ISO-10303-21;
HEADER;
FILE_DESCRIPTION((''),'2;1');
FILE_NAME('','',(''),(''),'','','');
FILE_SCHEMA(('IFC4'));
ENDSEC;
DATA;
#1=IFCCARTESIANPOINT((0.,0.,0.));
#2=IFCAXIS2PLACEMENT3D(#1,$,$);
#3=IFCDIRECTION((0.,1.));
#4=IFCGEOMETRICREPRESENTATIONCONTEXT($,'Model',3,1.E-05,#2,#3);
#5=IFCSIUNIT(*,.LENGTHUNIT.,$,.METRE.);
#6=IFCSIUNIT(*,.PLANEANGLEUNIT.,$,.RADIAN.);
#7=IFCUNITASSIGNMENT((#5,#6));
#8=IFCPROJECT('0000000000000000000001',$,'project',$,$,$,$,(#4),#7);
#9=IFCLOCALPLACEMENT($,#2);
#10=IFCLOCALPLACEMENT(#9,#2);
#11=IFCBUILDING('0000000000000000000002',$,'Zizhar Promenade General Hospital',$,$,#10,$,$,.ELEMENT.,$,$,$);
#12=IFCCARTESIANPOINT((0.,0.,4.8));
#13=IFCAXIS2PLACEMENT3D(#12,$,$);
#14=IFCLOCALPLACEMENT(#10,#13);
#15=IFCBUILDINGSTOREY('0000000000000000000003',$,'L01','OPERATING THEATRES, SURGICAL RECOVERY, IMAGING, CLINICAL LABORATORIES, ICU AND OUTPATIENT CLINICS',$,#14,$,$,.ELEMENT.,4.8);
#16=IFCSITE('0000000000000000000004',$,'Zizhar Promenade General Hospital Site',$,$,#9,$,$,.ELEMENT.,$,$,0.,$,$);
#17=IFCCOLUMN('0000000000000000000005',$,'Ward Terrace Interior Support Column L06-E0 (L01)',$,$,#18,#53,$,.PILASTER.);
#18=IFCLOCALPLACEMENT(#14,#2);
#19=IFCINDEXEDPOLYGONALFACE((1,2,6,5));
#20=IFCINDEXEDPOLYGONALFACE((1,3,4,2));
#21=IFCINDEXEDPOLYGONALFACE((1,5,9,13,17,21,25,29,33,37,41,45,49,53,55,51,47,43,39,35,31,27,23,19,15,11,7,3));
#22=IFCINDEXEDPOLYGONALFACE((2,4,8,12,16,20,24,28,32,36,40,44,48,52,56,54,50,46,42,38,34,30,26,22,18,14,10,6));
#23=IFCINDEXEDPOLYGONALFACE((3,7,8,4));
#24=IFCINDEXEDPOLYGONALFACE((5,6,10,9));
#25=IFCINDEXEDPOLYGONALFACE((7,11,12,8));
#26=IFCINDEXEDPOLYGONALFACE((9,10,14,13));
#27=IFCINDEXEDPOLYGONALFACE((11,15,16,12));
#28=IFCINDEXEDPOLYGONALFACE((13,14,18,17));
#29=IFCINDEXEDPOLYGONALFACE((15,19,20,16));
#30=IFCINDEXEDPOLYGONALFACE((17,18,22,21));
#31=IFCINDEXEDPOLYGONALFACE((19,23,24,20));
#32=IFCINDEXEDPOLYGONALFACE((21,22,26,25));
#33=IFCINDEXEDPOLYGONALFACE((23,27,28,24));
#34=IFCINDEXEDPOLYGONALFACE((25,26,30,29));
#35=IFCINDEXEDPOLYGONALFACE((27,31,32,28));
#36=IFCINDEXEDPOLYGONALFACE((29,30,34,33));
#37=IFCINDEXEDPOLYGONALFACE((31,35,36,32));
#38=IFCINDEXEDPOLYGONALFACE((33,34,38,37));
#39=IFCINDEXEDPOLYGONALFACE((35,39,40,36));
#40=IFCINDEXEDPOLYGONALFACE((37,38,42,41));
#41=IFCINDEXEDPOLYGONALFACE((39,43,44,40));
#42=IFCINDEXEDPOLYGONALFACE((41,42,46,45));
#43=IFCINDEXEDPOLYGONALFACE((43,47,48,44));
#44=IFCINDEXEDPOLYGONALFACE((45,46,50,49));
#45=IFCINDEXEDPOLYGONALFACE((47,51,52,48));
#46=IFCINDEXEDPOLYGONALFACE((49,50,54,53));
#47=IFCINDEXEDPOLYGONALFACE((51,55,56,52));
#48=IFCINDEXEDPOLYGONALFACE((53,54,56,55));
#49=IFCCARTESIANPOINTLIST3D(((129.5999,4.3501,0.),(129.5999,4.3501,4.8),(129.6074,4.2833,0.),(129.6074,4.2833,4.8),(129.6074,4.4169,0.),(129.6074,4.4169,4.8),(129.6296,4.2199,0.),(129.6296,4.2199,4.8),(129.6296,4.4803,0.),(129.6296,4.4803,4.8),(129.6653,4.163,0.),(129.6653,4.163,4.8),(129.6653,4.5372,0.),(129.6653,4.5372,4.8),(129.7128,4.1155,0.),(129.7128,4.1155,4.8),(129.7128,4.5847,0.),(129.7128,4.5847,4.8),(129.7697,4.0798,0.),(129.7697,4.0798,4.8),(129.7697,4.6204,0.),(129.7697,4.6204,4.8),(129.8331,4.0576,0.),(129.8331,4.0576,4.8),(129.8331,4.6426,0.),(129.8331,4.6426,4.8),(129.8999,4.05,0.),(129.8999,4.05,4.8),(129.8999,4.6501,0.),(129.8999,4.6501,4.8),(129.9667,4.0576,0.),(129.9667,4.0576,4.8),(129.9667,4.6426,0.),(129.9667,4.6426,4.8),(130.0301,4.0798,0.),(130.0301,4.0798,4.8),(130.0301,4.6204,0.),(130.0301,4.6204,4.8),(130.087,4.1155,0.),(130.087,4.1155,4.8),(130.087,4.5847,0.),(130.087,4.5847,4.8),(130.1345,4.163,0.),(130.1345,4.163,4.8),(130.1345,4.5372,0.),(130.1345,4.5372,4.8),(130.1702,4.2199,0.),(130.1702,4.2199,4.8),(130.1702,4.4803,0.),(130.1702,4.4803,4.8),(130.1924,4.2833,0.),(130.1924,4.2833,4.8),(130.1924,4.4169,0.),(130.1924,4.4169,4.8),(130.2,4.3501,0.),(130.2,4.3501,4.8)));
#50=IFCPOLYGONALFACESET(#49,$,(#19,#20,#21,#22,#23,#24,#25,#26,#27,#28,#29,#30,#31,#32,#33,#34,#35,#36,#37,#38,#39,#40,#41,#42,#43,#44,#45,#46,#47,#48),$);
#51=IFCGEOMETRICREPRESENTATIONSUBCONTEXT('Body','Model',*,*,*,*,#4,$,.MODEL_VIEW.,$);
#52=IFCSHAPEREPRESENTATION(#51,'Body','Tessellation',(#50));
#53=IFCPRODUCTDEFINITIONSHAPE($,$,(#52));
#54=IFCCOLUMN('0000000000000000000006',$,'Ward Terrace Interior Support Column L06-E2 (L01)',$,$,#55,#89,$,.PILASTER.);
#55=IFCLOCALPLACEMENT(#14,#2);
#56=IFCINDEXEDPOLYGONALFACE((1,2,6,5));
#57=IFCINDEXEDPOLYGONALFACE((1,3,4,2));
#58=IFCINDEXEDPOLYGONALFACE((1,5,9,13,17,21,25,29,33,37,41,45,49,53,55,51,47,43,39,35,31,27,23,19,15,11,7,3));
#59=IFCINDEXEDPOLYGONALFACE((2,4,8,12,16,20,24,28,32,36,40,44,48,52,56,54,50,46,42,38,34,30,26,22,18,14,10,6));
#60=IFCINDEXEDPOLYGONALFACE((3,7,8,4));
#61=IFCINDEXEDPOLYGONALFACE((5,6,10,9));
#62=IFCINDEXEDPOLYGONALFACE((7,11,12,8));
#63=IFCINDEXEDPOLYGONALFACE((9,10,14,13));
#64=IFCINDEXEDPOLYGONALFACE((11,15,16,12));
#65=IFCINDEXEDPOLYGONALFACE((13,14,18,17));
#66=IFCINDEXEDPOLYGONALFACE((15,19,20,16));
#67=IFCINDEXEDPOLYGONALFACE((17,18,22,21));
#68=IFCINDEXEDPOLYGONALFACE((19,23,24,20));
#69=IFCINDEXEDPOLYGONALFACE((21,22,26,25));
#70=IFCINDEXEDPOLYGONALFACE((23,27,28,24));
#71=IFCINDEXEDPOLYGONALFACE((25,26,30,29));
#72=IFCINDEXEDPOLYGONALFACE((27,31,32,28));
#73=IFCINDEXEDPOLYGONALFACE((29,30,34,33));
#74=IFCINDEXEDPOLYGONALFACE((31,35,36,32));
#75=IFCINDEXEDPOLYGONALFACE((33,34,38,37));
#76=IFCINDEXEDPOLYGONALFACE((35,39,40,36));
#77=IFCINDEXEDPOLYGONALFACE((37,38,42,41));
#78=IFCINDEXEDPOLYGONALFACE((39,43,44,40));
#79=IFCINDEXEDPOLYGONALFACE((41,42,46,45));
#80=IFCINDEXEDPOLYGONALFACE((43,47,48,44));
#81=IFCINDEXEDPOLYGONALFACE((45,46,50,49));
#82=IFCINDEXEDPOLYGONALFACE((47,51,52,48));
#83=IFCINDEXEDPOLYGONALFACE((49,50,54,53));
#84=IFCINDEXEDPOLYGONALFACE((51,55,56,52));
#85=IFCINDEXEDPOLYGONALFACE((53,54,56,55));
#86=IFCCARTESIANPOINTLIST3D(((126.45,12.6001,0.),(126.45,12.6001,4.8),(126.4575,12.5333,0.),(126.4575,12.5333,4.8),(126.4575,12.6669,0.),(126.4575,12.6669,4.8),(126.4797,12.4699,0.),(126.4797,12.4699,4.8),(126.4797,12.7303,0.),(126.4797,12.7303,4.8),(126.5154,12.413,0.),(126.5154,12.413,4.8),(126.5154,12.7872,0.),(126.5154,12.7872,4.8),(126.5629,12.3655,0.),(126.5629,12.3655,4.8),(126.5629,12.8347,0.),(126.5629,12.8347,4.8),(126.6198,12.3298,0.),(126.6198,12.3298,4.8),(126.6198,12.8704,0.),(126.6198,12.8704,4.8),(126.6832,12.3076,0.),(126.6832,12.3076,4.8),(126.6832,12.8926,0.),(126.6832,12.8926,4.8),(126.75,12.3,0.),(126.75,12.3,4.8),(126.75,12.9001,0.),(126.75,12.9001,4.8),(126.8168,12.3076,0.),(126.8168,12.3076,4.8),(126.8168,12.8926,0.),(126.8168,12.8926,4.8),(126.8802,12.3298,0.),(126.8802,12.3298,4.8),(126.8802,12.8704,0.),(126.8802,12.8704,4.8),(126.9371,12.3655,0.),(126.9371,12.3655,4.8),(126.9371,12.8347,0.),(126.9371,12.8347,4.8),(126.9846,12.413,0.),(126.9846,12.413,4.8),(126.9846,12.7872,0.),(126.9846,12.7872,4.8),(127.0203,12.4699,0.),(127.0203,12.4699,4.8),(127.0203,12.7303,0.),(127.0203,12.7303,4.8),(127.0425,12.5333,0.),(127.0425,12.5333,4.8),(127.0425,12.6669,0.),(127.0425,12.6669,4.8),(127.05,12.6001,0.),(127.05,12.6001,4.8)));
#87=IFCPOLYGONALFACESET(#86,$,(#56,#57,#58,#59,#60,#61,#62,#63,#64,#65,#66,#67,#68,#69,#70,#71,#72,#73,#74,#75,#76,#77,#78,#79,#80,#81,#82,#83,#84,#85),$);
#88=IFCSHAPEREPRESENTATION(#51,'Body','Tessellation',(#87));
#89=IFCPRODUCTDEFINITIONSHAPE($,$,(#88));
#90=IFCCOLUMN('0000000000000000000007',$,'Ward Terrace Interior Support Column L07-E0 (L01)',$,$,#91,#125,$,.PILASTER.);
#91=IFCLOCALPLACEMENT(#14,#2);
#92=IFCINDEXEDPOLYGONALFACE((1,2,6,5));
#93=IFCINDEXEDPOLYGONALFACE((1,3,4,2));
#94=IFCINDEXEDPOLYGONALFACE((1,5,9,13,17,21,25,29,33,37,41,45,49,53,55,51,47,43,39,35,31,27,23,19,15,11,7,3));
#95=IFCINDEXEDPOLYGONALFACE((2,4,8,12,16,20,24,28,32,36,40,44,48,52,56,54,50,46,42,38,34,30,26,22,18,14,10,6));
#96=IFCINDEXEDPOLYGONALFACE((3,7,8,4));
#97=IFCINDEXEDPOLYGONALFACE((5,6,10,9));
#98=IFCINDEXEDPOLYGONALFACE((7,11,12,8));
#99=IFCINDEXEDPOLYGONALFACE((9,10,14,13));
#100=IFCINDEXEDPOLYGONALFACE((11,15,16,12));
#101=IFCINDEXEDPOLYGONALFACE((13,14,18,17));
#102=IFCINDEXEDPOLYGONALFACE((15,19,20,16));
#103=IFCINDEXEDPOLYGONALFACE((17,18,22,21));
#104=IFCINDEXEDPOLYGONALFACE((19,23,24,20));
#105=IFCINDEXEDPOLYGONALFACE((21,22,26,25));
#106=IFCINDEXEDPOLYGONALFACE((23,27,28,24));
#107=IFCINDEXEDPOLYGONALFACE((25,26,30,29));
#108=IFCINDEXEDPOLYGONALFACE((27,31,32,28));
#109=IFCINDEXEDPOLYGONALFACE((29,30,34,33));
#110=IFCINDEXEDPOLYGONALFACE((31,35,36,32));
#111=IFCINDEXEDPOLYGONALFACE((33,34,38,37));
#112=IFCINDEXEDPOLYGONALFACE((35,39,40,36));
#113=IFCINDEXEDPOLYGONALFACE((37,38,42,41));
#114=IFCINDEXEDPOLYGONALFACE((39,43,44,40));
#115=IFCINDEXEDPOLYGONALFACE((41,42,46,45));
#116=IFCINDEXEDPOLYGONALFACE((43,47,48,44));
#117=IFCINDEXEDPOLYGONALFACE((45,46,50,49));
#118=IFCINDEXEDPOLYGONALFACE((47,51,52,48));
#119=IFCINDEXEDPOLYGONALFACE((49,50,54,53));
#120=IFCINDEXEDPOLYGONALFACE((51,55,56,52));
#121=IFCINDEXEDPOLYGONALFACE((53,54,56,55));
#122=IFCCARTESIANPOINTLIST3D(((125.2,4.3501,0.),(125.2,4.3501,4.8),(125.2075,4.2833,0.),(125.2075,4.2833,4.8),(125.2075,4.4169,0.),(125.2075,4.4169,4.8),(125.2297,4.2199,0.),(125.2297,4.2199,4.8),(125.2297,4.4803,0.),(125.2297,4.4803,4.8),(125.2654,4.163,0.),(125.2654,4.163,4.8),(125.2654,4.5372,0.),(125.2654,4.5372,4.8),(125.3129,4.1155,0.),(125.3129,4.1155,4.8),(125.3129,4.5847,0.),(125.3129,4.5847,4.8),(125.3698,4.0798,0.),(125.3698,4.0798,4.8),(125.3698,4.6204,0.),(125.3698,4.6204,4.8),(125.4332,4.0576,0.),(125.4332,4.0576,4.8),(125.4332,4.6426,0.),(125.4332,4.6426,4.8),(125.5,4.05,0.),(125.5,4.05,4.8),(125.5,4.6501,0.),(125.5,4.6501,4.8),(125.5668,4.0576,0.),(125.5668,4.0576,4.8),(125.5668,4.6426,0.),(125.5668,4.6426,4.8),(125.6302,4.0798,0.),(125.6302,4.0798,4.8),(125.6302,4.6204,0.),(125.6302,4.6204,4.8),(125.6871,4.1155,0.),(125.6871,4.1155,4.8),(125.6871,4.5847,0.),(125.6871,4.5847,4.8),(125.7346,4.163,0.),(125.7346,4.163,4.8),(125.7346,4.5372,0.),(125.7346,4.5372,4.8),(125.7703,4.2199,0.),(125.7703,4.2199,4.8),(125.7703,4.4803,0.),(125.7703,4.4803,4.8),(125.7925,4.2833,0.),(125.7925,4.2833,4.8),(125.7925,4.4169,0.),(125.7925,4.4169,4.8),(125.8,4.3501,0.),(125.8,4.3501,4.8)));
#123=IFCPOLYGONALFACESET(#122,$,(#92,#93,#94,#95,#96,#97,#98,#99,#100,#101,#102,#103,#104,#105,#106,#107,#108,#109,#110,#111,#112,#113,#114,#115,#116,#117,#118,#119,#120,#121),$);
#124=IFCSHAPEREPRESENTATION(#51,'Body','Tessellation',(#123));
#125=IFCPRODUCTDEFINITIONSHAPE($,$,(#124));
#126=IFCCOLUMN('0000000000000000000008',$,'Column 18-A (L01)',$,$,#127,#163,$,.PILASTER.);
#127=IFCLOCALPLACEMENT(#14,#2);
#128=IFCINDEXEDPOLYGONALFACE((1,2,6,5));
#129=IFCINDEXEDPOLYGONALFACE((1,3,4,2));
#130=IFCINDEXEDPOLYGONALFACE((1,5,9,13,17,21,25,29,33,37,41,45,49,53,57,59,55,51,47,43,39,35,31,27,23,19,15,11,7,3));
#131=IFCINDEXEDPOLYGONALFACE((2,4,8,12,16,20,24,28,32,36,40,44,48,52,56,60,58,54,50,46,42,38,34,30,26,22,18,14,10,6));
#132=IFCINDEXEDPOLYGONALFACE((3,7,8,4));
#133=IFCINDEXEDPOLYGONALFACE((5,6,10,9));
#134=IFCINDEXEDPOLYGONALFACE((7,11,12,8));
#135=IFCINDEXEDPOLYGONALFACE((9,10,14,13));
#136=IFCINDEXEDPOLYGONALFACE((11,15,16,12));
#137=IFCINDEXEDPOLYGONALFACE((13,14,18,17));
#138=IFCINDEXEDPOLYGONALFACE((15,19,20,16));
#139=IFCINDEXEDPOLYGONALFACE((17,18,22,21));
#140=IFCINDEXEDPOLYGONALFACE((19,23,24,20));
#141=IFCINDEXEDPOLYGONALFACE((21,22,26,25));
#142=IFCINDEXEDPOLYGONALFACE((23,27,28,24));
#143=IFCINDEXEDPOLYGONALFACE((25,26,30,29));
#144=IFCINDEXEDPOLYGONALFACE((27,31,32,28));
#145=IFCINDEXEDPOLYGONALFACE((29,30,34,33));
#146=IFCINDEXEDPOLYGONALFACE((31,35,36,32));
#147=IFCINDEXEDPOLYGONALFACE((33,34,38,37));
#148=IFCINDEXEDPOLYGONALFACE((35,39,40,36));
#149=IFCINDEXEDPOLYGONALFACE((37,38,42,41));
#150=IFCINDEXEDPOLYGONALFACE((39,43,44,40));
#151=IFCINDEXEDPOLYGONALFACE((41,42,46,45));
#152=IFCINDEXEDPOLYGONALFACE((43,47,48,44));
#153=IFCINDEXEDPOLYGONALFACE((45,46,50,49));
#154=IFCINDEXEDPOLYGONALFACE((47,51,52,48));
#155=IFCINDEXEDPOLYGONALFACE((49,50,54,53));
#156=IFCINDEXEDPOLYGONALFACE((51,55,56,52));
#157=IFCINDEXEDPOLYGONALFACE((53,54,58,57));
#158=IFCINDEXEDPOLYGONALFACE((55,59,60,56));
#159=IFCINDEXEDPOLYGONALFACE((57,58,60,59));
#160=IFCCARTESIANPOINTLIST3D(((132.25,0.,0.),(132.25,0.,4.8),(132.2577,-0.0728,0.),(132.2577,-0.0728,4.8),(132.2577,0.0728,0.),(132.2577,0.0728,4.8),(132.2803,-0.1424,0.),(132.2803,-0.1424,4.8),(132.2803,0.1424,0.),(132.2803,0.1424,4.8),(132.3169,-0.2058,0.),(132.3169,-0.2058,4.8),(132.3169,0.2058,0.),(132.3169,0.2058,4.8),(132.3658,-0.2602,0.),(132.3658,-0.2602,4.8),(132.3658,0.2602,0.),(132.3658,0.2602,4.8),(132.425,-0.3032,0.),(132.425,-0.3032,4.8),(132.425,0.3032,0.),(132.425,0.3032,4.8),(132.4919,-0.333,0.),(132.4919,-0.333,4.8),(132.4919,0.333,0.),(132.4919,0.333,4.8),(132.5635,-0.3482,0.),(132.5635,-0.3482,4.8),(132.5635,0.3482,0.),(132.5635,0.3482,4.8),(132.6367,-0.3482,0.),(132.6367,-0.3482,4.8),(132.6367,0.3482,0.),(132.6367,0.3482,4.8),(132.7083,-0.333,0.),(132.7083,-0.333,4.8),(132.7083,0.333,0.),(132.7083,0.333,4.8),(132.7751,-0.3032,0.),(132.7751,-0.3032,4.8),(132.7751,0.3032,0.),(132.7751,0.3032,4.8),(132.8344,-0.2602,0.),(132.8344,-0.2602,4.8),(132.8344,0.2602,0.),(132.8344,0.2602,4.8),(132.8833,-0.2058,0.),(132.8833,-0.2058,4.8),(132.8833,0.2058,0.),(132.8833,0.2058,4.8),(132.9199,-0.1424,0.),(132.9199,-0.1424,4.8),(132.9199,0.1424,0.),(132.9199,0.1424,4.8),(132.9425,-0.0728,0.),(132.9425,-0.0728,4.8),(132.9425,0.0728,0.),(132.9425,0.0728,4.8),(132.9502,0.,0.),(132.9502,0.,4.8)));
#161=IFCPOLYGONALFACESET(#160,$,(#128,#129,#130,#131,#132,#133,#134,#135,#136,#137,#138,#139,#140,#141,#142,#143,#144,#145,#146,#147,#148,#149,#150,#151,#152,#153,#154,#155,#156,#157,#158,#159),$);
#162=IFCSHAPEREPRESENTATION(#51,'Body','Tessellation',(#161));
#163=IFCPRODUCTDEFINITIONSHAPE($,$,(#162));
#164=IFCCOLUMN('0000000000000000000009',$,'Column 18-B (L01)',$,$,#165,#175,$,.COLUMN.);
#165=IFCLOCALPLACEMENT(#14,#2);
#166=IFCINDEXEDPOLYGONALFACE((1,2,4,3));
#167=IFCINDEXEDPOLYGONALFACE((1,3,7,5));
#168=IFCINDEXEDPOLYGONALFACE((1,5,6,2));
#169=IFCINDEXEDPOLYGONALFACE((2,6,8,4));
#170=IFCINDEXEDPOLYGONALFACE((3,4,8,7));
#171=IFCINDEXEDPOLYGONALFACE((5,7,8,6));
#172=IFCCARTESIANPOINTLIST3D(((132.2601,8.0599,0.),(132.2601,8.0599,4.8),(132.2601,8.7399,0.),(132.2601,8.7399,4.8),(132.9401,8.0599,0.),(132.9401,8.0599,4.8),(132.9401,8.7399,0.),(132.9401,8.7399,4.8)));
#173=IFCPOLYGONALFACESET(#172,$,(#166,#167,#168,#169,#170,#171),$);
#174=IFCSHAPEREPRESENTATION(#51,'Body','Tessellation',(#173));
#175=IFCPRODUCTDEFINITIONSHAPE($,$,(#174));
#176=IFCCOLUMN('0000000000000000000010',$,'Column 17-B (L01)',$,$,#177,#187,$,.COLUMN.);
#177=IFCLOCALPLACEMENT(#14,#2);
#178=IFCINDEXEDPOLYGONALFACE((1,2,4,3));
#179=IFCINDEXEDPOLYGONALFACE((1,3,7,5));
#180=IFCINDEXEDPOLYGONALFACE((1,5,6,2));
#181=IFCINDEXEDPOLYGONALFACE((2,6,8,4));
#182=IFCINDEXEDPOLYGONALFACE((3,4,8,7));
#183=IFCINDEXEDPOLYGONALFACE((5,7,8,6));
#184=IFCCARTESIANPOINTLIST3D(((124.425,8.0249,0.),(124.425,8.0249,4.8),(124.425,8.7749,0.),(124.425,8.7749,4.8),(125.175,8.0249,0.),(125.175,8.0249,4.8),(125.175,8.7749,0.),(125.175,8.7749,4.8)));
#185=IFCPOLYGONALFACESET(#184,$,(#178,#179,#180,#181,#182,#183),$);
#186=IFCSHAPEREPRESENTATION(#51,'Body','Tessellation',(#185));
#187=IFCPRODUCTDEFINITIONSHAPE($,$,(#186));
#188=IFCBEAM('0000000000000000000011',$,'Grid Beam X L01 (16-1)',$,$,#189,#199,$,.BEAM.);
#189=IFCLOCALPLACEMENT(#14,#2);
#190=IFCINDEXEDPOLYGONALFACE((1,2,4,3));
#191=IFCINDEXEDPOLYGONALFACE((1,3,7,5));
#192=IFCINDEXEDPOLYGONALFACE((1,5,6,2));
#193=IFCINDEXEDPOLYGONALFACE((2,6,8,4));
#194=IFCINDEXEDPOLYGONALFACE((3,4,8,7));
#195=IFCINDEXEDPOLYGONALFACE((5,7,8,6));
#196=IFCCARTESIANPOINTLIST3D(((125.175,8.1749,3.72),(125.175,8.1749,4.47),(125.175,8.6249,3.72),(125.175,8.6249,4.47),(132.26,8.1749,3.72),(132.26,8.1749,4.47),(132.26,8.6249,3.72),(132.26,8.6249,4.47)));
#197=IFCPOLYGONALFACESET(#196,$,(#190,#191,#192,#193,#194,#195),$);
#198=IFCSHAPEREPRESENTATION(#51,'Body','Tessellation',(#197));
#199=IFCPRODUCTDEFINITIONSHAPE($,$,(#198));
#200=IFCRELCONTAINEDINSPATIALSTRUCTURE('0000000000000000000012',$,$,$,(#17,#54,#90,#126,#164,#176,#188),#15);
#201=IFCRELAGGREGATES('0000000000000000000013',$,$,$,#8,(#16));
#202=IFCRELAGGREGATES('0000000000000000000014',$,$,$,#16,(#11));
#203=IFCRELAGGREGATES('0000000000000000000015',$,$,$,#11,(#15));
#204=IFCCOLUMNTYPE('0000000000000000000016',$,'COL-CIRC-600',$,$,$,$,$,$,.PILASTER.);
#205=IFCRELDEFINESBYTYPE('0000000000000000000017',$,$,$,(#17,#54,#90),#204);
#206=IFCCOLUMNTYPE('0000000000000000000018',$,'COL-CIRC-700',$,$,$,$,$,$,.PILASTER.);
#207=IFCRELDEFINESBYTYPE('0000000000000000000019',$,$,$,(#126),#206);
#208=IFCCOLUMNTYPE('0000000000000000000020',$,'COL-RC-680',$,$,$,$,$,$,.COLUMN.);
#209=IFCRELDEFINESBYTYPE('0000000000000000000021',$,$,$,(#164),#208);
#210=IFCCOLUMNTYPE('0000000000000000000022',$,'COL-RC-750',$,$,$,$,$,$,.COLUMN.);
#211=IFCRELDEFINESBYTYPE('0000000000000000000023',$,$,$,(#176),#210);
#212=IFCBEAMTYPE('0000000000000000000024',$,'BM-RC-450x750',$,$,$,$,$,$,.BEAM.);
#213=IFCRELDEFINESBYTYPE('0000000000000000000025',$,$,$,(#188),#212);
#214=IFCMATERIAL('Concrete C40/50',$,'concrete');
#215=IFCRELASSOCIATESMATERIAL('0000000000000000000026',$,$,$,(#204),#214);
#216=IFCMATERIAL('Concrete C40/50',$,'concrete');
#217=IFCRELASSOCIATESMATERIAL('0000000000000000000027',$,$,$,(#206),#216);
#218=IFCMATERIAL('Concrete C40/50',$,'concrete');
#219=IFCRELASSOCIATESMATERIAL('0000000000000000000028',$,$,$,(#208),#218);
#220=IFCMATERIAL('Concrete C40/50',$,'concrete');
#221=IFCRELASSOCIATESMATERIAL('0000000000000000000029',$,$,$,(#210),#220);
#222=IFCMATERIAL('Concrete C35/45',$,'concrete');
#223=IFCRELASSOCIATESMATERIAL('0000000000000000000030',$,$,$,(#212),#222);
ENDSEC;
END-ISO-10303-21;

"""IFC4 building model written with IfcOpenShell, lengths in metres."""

from ifc_helpers import new_model, si_unit, direction, frame, origin, origin_2d, place, context, subcontext, project, spatial, rectangle, circle, extrude, material, material_profile, profile_set, type_object, element, save


model = new_model("IFC4")

# Units and contexts
model_context = context("Model", 3, precision=1e-05, world=origin(), true_north=direction((0.0, 1.0)))
body_context = subcontext(model_context, "Body", "Model", "MODEL_VIEW")
ifc_project = project(units=[si_unit("LENGTHUNIT", "METRE"), si_unit("PLANEANGLEUNIT", "RADIAN")], contexts=[model_context])

# Site, building, storey
site_placement = place(None, origin())
site = spatial("IfcSite", under=ifc_project, at=site_placement, Name="Zizhar Promenade General Hospital Site", CompositionType="ELEMENT", RefElevation=0.0)
building_placement = place(site_placement, origin())
building = spatial("IfcBuilding", under=site, at=building_placement, Name="Zizhar Promenade General Hospital", CompositionType="ELEMENT")
storey_placement = place(building_placement, frame((0.0, 0.0, 4.8)))
storey = spatial("IfcBuildingStorey", under=building, at=storey_placement, Name="L01", Description="OPERATING THEATRES, SURGICAL RECOVERY, IMAGING, CLINICAL LABORATORIES, ICU AND OUTPATIENT CLINICS", CompositionType="ELEMENT", Elevation=4.8)

# Columns
ifc_material_1 = material(Name="Concrete C40/50", Category="concrete")
ifc_material_profile_1 = material_profile(ifc_material_1, circle(Radius=0.3, at=origin_2d()))
ifc_profile_set_1 = profile_set([ifc_material_profile_1], Name="Concrete C40/50")
column_type_1 = type_object("IfcColumnType", Name="COL-CIRC-600", PredefinedType="PILASTER", material=ifc_profile_set_1)
for number, where, z_axis, x_axis, name in (
    (1, (129.8999, 4.3501, 0.0), (0.0, 0.0, 1.0), (1.0, 0.0, 0.0), "Ward Terrace Interior Support Column L06-E0 (L01)"),
    (2, (126.75, 12.6001, 0.0), (0.0, 0.0, 1.0), (1.0, 0.0, 0.0), "Ward Terrace Interior Support Column L06-E2 (L01)"),
    (3, (125.5, 4.3501, 0.0), (0.0, 0.0, 1.0), (1.0, 0.0, 0.0), "Ward Terrace Interior Support Column L07-E0 (L01)"),
):
    element("IfcColumn", number, at=place(storey_placement, frame(where, z_axis=z_axis, x_axis=x_axis)), inside=storey, type_object=column_type_1, Name=name, PredefinedType="PILASTER", context=body_context, shape_type="SweptSolid", body=[
        extrude(circle(Radius=0.3, at=origin_2d()), origin(), (0.0, 0.0, 1.0), 4.8),
    ])
ifc_material_2 = material(Name="Concrete C40/50", Category="concrete")
ifc_material_profile_2 = material_profile(ifc_material_2, circle(Radius=0.3501, at=origin_2d()))
ifc_profile_set_2 = profile_set([ifc_material_profile_2], Name="Concrete C40/50")
column_type_2 = type_object("IfcColumnType", Name="COL-CIRC-700", PredefinedType="PILASTER", material=ifc_profile_set_2)
column_1_placement = place(storey_placement, frame((132.6001, 0.0, 0.0), z_axis=(0.0, 0.0, 1.0), x_axis=(1.0, 0.0, 0.0)))
element("IfcColumn", 4, at=column_1_placement, inside=storey, type_object=column_type_2, Name="Column 18-A (L01)", PredefinedType="PILASTER", context=body_context, shape_type="SweptSolid", body=[
    extrude(circle(Radius=0.3501, at=origin_2d()), origin(), (0.0, 0.0, 1.0), 4.8),
])
ifc_material_3 = material(Name="Concrete C40/50", Category="concrete")
ifc_material_profile_3 = material_profile(ifc_material_3, rectangle(XDim=0.6799, YDim=0.6799, at=origin_2d()))
ifc_profile_set_3 = profile_set([ifc_material_profile_3], Name="Concrete C40/50")
column_type_3 = type_object("IfcColumnType", Name="COL-RC-680", PredefinedType="COLUMN", material=ifc_profile_set_3)
column_2_placement = place(storey_placement, frame((132.6001, 8.3999, 0.0), z_axis=(0.0, 0.0, 1.0), x_axis=(1.0, 0.0, 0.0)))
element("IfcColumn", 5, at=column_2_placement, inside=storey, type_object=column_type_3, Name="Column 18-B (L01)", PredefinedType="COLUMN", context=body_context, shape_type="SweptSolid", body=[
    extrude(rectangle(XDim=0.6799, YDim=0.6799, at=origin_2d()), origin(), (0.0, 0.0, 1.0), 4.8),
])
ifc_material_4 = material(Name="Concrete C40/50", Category="concrete")
ifc_material_profile_4 = material_profile(ifc_material_4, rectangle(XDim=0.75, YDim=0.75, at=origin_2d()))
ifc_profile_set_4 = profile_set([ifc_material_profile_4], Name="Concrete C40/50")
column_type_4 = type_object("IfcColumnType", Name="COL-RC-750", PredefinedType="COLUMN", material=ifc_profile_set_4)
column_3_placement = place(storey_placement, frame((124.8, 8.3999, 0.0), z_axis=(0.0, 0.0, 1.0), x_axis=(1.0, 0.0, 0.0)))
element("IfcColumn", 6, at=column_3_placement, inside=storey, type_object=column_type_4, Name="Column 17-B (L01)", PredefinedType="COLUMN", context=body_context, shape_type="SweptSolid", body=[
    extrude(rectangle(XDim=0.75, YDim=0.75, at=origin_2d()), origin(), (0.0, 0.0, 1.0), 4.8),
])

# Beam
ifc_material_5 = material(Name="Concrete C35/45", Category="concrete")
ifc_material_profile_5 = material_profile(ifc_material_5, rectangle(XDim=0.45, YDim=0.75, at=origin_2d()))
ifc_profile_set_5 = profile_set([ifc_material_profile_5], Name="Concrete C35/45")
beam_type_1 = type_object("IfcBeamType", Name="BM-RC-450x750", PredefinedType="BEAM", material=ifc_profile_set_5)
beam_1_placement = place(storey_placement, frame((125.175, 8.3999, 4.095), z_axis=(1.0, 0.0, 0.0), x_axis=(0.0, 1.0, 0.0)))
element("IfcBeam", 7, at=beam_1_placement, inside=storey, type_object=beam_type_1, Name="Grid Beam X L01 (16-1)", PredefinedType="BEAM", context=body_context, shape_type="SweptSolid", body=[
    extrude(rectangle(XDim=0.45, YDim=0.75, at=origin_2d()), origin(), (0.0, 0.0, 1.0), 7.085),
])

save(model, "model.ifc")
